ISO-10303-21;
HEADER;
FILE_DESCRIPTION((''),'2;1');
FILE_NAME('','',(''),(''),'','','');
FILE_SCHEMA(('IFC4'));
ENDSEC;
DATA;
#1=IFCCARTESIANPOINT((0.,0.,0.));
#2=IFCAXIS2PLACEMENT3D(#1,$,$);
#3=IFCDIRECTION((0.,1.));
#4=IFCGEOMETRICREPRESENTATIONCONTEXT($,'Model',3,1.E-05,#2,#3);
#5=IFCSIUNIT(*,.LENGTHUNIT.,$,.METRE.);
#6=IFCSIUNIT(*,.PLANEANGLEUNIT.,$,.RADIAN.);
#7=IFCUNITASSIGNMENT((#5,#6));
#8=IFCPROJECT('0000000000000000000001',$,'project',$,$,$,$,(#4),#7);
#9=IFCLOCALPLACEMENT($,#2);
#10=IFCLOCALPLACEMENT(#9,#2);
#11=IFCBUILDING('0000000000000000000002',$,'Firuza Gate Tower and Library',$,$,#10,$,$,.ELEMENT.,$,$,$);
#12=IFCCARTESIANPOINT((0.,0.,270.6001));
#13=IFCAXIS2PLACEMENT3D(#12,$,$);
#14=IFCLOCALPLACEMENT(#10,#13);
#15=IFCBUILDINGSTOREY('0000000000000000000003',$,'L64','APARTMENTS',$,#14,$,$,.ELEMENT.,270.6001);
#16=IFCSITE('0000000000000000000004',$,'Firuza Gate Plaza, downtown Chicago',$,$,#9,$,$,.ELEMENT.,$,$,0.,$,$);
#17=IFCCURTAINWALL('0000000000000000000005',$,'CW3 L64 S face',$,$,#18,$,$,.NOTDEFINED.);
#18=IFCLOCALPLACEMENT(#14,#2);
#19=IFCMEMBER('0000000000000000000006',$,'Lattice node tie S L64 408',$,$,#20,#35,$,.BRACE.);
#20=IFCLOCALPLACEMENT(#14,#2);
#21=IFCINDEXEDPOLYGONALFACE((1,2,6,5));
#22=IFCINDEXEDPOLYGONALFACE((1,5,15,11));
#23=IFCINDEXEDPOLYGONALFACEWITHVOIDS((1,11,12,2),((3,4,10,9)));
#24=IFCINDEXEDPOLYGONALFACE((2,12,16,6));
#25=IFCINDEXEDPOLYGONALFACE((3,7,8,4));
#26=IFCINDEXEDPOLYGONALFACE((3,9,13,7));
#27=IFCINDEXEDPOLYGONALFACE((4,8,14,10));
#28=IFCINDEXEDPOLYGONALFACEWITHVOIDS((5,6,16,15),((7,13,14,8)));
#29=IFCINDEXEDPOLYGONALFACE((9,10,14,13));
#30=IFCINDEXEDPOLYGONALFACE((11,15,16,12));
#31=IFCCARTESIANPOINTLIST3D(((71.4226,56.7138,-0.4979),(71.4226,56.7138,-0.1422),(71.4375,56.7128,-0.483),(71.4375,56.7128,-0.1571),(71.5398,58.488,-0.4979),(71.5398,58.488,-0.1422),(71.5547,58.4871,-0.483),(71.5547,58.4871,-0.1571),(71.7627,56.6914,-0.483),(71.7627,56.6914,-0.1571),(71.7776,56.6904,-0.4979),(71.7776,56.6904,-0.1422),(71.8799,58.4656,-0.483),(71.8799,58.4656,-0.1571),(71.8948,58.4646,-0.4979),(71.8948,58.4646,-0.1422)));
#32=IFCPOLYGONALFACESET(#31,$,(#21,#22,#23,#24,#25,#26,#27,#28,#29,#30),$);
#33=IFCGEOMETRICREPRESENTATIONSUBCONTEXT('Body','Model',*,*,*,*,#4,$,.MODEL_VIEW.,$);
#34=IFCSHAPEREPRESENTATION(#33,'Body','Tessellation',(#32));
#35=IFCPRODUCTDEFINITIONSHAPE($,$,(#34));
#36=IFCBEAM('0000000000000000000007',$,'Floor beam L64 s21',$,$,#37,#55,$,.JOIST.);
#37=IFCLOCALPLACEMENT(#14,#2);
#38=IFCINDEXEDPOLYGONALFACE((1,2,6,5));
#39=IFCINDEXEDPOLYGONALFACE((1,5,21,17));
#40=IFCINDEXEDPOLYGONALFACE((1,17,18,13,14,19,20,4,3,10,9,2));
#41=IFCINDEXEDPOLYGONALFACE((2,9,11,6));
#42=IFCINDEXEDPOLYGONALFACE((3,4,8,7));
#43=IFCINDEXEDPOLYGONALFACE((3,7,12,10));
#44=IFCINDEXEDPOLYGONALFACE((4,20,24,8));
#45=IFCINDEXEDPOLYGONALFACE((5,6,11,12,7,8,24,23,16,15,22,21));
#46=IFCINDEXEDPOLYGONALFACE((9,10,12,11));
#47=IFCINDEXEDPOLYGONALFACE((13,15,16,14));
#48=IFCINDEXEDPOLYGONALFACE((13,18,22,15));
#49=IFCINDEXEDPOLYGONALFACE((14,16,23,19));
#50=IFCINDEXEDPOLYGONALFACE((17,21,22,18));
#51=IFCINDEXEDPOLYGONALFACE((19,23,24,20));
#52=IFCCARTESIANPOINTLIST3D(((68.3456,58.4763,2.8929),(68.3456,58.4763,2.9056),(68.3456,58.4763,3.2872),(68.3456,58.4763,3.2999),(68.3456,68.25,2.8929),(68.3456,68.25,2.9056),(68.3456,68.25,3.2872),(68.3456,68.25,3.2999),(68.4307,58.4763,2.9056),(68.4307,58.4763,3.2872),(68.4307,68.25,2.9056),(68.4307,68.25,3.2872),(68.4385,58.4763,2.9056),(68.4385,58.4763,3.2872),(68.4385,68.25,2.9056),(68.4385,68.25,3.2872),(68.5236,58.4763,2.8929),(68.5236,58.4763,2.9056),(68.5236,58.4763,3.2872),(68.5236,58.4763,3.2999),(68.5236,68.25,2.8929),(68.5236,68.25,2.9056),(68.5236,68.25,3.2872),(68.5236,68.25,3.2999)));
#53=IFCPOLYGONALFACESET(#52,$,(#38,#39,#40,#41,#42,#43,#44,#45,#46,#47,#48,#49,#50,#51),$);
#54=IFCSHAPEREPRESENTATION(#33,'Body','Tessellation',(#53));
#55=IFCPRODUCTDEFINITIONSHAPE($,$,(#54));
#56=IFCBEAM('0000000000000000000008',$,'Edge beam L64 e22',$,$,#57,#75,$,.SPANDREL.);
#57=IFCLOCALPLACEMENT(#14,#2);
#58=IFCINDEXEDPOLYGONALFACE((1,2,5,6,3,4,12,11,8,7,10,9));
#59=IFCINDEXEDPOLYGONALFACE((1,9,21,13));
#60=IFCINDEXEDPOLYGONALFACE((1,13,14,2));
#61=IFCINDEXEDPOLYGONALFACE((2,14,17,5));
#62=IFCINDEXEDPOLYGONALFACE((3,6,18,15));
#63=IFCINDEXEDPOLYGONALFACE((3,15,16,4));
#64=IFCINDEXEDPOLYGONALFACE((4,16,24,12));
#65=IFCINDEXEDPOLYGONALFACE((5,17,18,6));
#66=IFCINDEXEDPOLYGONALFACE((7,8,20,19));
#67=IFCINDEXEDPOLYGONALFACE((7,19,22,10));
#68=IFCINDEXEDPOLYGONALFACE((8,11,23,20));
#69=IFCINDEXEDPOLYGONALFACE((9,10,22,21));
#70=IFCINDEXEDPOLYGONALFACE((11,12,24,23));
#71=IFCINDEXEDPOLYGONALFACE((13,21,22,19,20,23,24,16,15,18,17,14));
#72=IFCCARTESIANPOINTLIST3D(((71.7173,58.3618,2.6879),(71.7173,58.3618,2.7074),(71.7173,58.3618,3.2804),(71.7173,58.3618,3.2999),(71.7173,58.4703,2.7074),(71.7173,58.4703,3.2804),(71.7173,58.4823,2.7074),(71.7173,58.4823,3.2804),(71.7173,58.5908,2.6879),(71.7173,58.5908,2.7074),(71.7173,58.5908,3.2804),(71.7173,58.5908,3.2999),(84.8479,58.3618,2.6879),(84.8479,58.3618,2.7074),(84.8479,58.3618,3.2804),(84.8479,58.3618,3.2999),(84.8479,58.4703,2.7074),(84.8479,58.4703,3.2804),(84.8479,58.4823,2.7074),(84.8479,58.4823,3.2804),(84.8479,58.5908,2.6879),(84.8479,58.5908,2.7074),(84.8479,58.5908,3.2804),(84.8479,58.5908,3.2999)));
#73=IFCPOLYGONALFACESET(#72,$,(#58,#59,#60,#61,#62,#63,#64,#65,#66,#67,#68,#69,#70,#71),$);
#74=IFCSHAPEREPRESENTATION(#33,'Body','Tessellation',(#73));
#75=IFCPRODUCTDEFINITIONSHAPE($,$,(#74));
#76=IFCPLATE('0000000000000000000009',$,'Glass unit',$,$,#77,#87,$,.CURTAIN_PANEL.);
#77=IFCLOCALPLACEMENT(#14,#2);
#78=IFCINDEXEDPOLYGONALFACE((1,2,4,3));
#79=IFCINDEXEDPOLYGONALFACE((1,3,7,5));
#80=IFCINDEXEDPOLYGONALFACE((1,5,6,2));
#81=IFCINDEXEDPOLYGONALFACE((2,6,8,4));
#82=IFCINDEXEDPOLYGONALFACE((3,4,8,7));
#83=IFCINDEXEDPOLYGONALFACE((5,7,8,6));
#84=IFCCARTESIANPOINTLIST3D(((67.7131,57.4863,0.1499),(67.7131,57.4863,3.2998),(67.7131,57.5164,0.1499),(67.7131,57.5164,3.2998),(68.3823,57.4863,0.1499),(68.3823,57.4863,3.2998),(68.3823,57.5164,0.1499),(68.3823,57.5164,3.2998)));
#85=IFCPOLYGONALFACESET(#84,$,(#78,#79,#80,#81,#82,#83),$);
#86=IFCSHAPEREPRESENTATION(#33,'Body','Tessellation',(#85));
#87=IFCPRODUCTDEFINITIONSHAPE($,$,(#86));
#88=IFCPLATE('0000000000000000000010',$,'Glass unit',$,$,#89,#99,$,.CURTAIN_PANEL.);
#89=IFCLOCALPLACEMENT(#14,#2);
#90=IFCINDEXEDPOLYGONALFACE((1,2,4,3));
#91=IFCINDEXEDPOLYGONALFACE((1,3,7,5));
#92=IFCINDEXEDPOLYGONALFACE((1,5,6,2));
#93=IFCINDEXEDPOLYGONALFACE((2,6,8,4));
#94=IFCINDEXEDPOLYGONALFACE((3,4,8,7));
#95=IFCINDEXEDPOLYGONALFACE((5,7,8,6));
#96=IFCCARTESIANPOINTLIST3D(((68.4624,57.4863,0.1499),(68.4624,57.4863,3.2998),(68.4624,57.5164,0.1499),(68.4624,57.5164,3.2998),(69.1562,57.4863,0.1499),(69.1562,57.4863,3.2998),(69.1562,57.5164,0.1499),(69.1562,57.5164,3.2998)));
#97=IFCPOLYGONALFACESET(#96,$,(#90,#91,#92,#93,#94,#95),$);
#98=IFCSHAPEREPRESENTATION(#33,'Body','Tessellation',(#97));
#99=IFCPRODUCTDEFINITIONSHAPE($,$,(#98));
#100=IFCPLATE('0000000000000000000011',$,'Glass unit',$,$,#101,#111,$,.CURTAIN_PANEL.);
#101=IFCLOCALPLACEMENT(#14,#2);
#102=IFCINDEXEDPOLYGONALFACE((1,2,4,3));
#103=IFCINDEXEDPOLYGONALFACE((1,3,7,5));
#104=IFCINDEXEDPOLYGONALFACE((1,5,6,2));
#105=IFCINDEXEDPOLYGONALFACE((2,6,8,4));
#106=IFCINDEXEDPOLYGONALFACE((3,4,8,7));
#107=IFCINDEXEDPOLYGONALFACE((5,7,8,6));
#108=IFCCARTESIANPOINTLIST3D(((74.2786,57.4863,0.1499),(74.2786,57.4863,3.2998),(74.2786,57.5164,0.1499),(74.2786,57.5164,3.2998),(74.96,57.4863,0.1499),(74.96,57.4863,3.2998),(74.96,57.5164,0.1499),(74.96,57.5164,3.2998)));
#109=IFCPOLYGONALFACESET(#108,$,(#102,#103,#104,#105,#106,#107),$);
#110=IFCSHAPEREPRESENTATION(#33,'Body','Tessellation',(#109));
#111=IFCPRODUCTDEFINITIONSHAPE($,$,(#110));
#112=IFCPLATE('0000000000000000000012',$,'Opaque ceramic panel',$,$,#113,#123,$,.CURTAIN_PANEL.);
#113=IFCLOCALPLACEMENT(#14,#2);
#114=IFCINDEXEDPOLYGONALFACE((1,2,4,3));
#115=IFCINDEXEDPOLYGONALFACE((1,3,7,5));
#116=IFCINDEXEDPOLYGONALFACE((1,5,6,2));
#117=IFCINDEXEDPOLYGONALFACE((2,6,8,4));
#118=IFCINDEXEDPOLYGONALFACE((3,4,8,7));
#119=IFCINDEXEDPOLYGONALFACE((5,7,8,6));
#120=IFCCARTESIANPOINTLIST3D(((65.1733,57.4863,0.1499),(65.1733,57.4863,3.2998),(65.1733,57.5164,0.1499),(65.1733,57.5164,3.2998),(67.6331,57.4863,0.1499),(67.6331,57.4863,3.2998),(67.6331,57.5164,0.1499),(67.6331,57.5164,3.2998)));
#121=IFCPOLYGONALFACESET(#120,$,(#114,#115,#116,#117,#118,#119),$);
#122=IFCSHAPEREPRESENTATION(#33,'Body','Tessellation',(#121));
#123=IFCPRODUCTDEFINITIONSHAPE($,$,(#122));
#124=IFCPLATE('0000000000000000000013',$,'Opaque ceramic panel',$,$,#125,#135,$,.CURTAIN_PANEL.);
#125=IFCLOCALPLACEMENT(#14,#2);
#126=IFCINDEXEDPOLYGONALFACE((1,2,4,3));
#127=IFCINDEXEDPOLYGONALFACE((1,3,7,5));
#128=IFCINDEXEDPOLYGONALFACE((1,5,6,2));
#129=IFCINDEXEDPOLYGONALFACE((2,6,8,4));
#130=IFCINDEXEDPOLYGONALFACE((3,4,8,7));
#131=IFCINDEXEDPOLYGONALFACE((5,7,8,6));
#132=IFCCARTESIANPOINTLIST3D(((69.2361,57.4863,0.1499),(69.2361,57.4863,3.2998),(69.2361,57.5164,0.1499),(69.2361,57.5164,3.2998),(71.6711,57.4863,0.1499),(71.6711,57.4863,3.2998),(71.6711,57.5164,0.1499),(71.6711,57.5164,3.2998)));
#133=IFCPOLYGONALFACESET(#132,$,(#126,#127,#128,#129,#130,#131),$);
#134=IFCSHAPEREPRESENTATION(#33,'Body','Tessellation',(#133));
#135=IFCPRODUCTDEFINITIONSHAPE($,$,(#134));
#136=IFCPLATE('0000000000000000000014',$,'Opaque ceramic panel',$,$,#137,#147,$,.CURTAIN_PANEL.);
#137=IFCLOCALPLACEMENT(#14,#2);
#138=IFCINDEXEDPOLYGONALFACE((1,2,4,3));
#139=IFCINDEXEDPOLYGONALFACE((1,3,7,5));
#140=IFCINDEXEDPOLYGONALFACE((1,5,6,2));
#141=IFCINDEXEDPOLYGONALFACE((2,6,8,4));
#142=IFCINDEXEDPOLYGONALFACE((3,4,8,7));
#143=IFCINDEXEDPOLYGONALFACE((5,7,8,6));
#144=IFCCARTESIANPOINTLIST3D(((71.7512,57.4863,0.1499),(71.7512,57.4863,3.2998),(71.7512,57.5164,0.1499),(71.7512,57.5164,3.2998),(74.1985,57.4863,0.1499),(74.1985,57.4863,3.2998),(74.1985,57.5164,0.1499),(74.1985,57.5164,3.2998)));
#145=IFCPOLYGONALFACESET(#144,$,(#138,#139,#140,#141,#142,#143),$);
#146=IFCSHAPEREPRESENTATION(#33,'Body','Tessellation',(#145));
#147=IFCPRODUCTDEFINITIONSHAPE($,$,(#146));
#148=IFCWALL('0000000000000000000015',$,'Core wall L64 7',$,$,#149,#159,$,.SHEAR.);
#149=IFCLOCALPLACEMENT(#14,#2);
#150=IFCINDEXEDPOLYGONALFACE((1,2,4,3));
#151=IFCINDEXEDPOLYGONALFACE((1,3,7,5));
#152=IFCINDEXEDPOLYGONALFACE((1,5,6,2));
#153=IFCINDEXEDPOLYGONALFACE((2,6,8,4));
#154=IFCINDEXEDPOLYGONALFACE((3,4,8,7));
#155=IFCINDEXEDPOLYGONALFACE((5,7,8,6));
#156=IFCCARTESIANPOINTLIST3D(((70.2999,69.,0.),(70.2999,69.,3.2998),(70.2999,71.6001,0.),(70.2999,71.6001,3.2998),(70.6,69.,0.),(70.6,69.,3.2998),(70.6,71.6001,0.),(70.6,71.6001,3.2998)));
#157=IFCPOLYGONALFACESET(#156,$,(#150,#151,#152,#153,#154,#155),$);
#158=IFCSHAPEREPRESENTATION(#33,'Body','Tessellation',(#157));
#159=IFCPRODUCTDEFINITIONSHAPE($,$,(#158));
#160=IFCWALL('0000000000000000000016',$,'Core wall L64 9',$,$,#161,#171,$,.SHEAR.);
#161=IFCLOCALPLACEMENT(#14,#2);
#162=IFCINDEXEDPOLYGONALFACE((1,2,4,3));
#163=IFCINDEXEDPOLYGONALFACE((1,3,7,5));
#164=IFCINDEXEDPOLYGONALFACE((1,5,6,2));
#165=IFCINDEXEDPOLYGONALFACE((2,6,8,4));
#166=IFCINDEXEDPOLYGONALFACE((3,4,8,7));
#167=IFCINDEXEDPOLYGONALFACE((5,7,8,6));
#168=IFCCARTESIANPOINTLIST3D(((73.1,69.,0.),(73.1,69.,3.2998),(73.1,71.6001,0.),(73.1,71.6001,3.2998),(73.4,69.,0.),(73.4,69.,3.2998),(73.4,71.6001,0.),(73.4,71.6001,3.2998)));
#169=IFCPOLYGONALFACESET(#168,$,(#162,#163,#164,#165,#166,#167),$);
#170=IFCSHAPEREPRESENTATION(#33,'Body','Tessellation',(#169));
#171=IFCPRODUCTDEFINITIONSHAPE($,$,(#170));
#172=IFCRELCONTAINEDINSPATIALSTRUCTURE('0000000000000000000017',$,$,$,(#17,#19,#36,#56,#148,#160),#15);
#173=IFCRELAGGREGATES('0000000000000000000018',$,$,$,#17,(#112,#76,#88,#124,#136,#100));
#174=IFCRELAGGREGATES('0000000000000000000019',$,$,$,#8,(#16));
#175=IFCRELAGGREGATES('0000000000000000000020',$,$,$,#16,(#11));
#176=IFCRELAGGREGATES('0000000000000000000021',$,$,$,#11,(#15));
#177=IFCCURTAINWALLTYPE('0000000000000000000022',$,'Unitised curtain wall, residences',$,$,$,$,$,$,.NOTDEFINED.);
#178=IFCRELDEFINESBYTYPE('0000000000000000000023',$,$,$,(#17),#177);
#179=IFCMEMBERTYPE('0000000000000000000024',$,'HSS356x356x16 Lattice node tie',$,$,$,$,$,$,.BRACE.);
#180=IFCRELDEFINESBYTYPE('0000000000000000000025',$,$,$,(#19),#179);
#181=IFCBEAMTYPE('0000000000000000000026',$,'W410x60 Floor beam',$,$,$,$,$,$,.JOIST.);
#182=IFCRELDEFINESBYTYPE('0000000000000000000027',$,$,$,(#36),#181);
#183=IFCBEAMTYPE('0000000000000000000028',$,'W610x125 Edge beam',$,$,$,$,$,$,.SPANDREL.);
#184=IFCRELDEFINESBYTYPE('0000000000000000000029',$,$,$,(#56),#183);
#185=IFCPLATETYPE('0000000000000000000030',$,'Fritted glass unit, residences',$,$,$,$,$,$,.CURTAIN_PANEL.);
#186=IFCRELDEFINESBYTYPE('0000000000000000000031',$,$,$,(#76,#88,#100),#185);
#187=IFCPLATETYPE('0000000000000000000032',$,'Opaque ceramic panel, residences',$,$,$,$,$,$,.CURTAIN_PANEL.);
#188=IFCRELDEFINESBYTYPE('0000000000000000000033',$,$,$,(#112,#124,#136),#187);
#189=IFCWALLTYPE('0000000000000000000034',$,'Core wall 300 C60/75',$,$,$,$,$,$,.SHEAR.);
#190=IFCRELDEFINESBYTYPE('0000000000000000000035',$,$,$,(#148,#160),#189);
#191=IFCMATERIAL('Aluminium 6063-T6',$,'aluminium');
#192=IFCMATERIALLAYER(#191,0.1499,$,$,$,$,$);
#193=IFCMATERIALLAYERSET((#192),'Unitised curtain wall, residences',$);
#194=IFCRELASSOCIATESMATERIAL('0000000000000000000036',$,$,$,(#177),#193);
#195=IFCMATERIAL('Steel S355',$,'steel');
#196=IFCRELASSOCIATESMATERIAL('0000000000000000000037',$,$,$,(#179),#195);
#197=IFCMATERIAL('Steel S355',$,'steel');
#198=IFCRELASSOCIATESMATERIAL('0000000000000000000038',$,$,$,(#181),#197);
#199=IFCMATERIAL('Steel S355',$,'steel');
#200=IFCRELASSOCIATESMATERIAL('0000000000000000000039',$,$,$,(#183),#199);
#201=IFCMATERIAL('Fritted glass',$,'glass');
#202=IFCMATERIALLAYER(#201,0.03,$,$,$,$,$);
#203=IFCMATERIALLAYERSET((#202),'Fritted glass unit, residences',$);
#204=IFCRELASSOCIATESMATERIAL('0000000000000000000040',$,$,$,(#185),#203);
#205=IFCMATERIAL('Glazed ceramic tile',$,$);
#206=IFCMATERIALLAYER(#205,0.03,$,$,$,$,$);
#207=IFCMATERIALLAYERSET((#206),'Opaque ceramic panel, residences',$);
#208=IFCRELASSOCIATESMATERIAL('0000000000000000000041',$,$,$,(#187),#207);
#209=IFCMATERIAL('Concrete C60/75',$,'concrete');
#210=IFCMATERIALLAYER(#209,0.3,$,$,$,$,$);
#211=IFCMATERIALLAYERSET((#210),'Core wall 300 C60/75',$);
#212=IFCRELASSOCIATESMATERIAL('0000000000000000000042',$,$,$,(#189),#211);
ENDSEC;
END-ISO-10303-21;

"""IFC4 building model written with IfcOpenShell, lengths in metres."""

from ifc_helpers import new_model, si_unit, direction, frame, frame_2d, origin, origin_2d, place, context, subcontext, project, spatial, polyline, rectangle, hollow_rectangle, i_section, outline, extrude, material, layer, layer_set, material_profile, profile_set, type_object, element, aggregate, save


model = new_model("IFC4")

# Units and contexts
model_context = context("Model", 3, precision=1e-05, world=origin(), true_north=direction((0.0, 1.0)))
body_context = subcontext(model_context, "Body", "Model", "MODEL_VIEW")
ifc_project = project(units=[si_unit("LENGTHUNIT", "METRE"), si_unit("PLANEANGLEUNIT", "RADIAN")], contexts=[model_context])

# Site, building, storey
site_placement = place(None, origin())
site = spatial("IfcSite", under=ifc_project, at=site_placement, Name="Firuza Gate Plaza, downtown Chicago", CompositionType="ELEMENT", RefElevation=0.0)
building_placement = place(site_placement, origin())
building = spatial("IfcBuilding", under=site, at=building_placement, Name="Firuza Gate Tower and Library", CompositionType="ELEMENT")
storey_placement = place(building_placement, frame((0.0, 0.0, 270.6001)))
storey = spatial("IfcBuildingStorey", under=building, at=storey_placement, Name="L64", Description="APARTMENTS", CompositionType="ELEMENT", Elevation=270.6001)

# Curtain wall
ifc_material_1 = material(Name="Aluminium 6063-T6", Category="aluminium")
ifc_layer_1 = layer(ifc_material_1, 0.1499)
ifc_layer_set_1 = layer_set([ifc_layer_1], Name="Unitised curtain wall, residences")
curtain_wall_type = type_object("IfcCurtainWallType", Name="Unitised curtain wall, residences", PredefinedType="NOTDEFINED", material=ifc_layer_set_1)
curtain_wall_placement = place(storey_placement, origin())
curtain_wall = element("IfcCurtainWall", 1, at=curtain_wall_placement, inside=storey, type_object=curtain_wall_type, Name="CW3 L64 S face", PredefinedType="NOTDEFINED")

# Member
ifc_material_2 = material(Name="Steel S355", Category="steel")
ifc_material_profile_1 = material_profile(ifc_material_2, hollow_rectangle(XDim=0.3557, YDim=0.3557, WallThickness=0.0149, at=origin_2d()))
ifc_profile_set_1 = profile_set([ifc_material_profile_1], Name="Steel S355")
member_type_1 = type_object("IfcMemberType", Name="HSS356x356x16 Lattice node tie", PredefinedType="BRACE", material=ifc_profile_set_1)
member_1_placement = place(storey_placement, frame((71.7173, 58.4763, -0.3201), z_axis=(-0.065908, -0.997826, 0.0), x_axis=(0.997826, -0.065908, 0.0)))
element("IfcMember", 2, at=member_1_placement, inside=storey, type_object=member_type_1, Name="Lattice node tie S L64 408", PredefinedType="BRACE", context=body_context, shape_type="SweptSolid", body=[
    extrude(hollow_rectangle(XDim=0.3557, YDim=0.3557, WallThickness=0.0149, at=origin_2d()), origin(), (0.0, 0.0, 1.0), 1.7781),
])

# Beams
ifc_material_3 = material(Name="Steel S355", Category="steel")
ifc_material_profile_2 = material_profile(ifc_material_3, i_section(OverallWidth=0.178, OverallDepth=0.407, WebThickness=0.0078, FlangeThickness=0.0127, at=origin_2d()))
ifc_profile_set_2 = profile_set([ifc_material_profile_2], Name="Steel S355")
beam_type_1 = type_object("IfcBeamType", Name="W410x60 Floor beam", PredefinedType="JOIST", material=ifc_profile_set_2)
beam_1_placement = place(storey_placement, frame((68.4346, 58.4763, 3.0964), z_axis=(0.0, 1.0, 0.0), x_axis=(-1.0, 0.0, 0.0)))
element("IfcBeam", 3, at=beam_1_placement, inside=storey, type_object=beam_type_1, Name="Floor beam L64 s21", PredefinedType="JOIST", context=body_context, shape_type="SweptSolid", body=[
    extrude(i_section(OverallWidth=0.178, OverallDepth=0.407, WebThickness=0.0078, FlangeThickness=0.0127, at=origin_2d()), origin(), (0.0, 0.0, 1.0), 9.7737),
])
ifc_material_4 = material(Name="Steel S355", Category="steel")
ifc_material_profile_3 = material_profile(ifc_material_4, i_section(OverallWidth=0.229, OverallDepth=0.6121, WebThickness=0.012, FlangeThickness=0.0195, at=origin_2d()))
ifc_profile_set_3 = profile_set([ifc_material_profile_3], Name="Steel S355")
beam_type_2 = type_object("IfcBeamType", Name="W610x125 Edge beam", PredefinedType="SPANDREL", material=ifc_profile_set_3)
beam_2_placement = place(storey_placement, frame((71.7173, 58.4763, 2.9939), z_axis=(1.0, 0.0, 0.0), x_axis=(0.0, 1.0, 0.0)))
element("IfcBeam", 4, at=beam_2_placement, inside=storey, type_object=beam_type_2, Name="Edge beam L64 e22", PredefinedType="SPANDREL", context=body_context, shape_type="SweptSolid", body=[
    extrude(i_section(OverallWidth=0.229, OverallDepth=0.6121, WebThickness=0.012, FlangeThickness=0.0195, at=origin_2d()), origin(), (0.0, 0.0, 1.0), 13.1306),
])

# Plates
ifc_material_5 = material(Name="Fritted glass", Category="glass")
ifc_layer_2 = layer(ifc_material_5, 0.03)
ifc_layer_set_2 = layer_set([ifc_layer_2], Name="Fritted glass unit, residences")
plate_type_1 = type_object("IfcPlateType", Name="Fritted glass unit, residences", PredefinedType="CURTAIN_PANEL", material=ifc_layer_set_2)
plate_1_placement = place(storey_placement, frame((67.7131, 57.4863, 0.1499), z_axis=(0.0, -1.0, 0.0), x_axis=(1.0, 0.0, 0.0)))
plate_1 = element("IfcPlate", 5, at=plate_1_placement, type_object=plate_type_1, Name="Glass unit", PredefinedType="CURTAIN_PANEL", context=body_context, shape_type="SweptSolid", body=[
    extrude(outline(polyline([(0.0, 0.0), (0.6692, 0.0), (0.6692, 3.1499), (0.0, 3.1499), (0.0, 0.0)])), origin(), (0.0, 0.0, -1.0), 0.03),
])
plate_2_placement = place(storey_placement, frame((68.4624, 57.4863, 0.1499), z_axis=(0.0, -1.0, 0.0), x_axis=(1.0, 0.0, 0.0)))
plate_2 = element("IfcPlate", 6, at=plate_2_placement, type_object=plate_type_1, Name="Glass unit", PredefinedType="CURTAIN_PANEL", context=body_context, shape_type="SweptSolid", body=[
    extrude(outline(polyline([(0.0, 0.0), (0.6938, 0.0), (0.6938, 3.1499), (0.0, 3.1499), (0.0, 0.0)])), origin(), (0.0, 0.0, -1.0), 0.03),
])
plate_3_placement = place(storey_placement, frame((74.2786, 57.4863, 0.1499), z_axis=(0.0, -1.0, 0.0), x_axis=(1.0, 0.0, 0.0)))
plate_3 = element("IfcPlate", 7, at=plate_3_placement, type_object=plate_type_1, Name="Glass unit", PredefinedType="CURTAIN_PANEL", context=body_context, shape_type="SweptSolid", body=[
    extrude(outline(polyline([(0.0, 0.0), (0.6814, 0.0), (0.6814, 3.1499), (0.0, 3.1499), (0.0, 0.0)])), origin(), (0.0, 0.0, -1.0), 0.03),
])
ifc_material_6 = material(Name="Glazed ceramic tile")
ifc_layer_3 = layer(ifc_material_6, 0.03)
ifc_layer_set_3 = layer_set([ifc_layer_3], Name="Opaque ceramic panel, residences")
plate_type_2 = type_object("IfcPlateType", Name="Opaque ceramic panel, residences", PredefinedType="CURTAIN_PANEL", material=ifc_layer_set_3)
plate_4_placement = place(storey_placement, frame((65.1733, 57.4863, 0.1499), z_axis=(0.0, -1.0, 0.0), x_axis=(1.0, 0.0, 0.0)))
plate_4 = element("IfcPlate", 8, at=plate_4_placement, type_object=plate_type_2, Name="Opaque ceramic panel", PredefinedType="CURTAIN_PANEL", context=body_context, shape_type="SweptSolid", body=[
    extrude(outline(polyline([(0.0, 0.0), (2.4597, 0.0), (2.4597, 3.1499), (0.0, 3.1499), (0.0, 0.0)])), origin(), (0.0, 0.0, -1.0), 0.03),
])
plate_5_placement = place(storey_placement, frame((69.2361, 57.4863, 0.1499), z_axis=(0.0, -1.0, 0.0), x_axis=(1.0, 0.0, 0.0)))
plate_5 = element("IfcPlate", 9, at=plate_5_placement, type_object=plate_type_2, Name="Opaque ceramic panel", PredefinedType="CURTAIN_PANEL", context=body_context, shape_type="SweptSolid", body=[
    extrude(outline(polyline([(0.0, 0.0), (2.4351, 0.0), (2.4351, 3.1499), (0.0, 3.1499), (0.0, 0.0)])), origin(), (0.0, 0.0, -1.0), 0.03),
])
plate_6_placement = place(storey_placement, frame((71.7512, 57.4863, 0.1499), z_axis=(0.0, -1.0, 0.0), x_axis=(1.0, 0.0, 0.0)))
plate_6 = element("IfcPlate", 10, at=plate_6_placement, type_object=plate_type_2, Name="Opaque ceramic panel", PredefinedType="CURTAIN_PANEL", context=body_context, shape_type="SweptSolid", body=[
    extrude(outline(polyline([(0.0, 0.0), (2.4473, 0.0), (2.4473, 3.1499), (0.0, 3.1499), (0.0, 0.0)])), origin(), (0.0, 0.0, -1.0), 0.03),
])
aggregate(curtain_wall, [plate_4, plate_1, plate_2, plate_5, plate_6, plate_3])

# Walls
ifc_material_7 = material(Name="Concrete C60/75", Category="concrete")
ifc_layer_4 = layer(ifc_material_7, 0.3)
ifc_layer_set_4 = layer_set([ifc_layer_4], Name="Core wall 300 C60/75")
wall_type_1 = type_object("IfcWallType", Name="Core wall 300 C60/75", PredefinedType="SHEAR", material=ifc_layer_set_4)
for number, where, z_axis, x_axis, name in (
    (11, (70.45, 69.0, 0.0), (0.0, 0.0, 1.0), (0.0, 1.0, 0.0), "Core wall L64 7"),
    (12, (73.25, 69.0, 0.0), (0.0, 0.0, 1.0), (0.0, 1.0, 0.0), "Core wall L64 9"),
):
    element("IfcWall", number, at=place(storey_placement, frame(where, z_axis=z_axis, x_axis=x_axis)), inside=storey, type_object=wall_type_1, Name=name, PredefinedType="SHEAR", context=body_context, shape_type="SweptSolid", body=[
        extrude(rectangle(XDim=2.6001, YDim=0.3, at=frame_2d((1.3, 0.0))), origin(), (0.0, 0.0, 1.0), 3.2998),
    ])

save(model, "model.ifc")
